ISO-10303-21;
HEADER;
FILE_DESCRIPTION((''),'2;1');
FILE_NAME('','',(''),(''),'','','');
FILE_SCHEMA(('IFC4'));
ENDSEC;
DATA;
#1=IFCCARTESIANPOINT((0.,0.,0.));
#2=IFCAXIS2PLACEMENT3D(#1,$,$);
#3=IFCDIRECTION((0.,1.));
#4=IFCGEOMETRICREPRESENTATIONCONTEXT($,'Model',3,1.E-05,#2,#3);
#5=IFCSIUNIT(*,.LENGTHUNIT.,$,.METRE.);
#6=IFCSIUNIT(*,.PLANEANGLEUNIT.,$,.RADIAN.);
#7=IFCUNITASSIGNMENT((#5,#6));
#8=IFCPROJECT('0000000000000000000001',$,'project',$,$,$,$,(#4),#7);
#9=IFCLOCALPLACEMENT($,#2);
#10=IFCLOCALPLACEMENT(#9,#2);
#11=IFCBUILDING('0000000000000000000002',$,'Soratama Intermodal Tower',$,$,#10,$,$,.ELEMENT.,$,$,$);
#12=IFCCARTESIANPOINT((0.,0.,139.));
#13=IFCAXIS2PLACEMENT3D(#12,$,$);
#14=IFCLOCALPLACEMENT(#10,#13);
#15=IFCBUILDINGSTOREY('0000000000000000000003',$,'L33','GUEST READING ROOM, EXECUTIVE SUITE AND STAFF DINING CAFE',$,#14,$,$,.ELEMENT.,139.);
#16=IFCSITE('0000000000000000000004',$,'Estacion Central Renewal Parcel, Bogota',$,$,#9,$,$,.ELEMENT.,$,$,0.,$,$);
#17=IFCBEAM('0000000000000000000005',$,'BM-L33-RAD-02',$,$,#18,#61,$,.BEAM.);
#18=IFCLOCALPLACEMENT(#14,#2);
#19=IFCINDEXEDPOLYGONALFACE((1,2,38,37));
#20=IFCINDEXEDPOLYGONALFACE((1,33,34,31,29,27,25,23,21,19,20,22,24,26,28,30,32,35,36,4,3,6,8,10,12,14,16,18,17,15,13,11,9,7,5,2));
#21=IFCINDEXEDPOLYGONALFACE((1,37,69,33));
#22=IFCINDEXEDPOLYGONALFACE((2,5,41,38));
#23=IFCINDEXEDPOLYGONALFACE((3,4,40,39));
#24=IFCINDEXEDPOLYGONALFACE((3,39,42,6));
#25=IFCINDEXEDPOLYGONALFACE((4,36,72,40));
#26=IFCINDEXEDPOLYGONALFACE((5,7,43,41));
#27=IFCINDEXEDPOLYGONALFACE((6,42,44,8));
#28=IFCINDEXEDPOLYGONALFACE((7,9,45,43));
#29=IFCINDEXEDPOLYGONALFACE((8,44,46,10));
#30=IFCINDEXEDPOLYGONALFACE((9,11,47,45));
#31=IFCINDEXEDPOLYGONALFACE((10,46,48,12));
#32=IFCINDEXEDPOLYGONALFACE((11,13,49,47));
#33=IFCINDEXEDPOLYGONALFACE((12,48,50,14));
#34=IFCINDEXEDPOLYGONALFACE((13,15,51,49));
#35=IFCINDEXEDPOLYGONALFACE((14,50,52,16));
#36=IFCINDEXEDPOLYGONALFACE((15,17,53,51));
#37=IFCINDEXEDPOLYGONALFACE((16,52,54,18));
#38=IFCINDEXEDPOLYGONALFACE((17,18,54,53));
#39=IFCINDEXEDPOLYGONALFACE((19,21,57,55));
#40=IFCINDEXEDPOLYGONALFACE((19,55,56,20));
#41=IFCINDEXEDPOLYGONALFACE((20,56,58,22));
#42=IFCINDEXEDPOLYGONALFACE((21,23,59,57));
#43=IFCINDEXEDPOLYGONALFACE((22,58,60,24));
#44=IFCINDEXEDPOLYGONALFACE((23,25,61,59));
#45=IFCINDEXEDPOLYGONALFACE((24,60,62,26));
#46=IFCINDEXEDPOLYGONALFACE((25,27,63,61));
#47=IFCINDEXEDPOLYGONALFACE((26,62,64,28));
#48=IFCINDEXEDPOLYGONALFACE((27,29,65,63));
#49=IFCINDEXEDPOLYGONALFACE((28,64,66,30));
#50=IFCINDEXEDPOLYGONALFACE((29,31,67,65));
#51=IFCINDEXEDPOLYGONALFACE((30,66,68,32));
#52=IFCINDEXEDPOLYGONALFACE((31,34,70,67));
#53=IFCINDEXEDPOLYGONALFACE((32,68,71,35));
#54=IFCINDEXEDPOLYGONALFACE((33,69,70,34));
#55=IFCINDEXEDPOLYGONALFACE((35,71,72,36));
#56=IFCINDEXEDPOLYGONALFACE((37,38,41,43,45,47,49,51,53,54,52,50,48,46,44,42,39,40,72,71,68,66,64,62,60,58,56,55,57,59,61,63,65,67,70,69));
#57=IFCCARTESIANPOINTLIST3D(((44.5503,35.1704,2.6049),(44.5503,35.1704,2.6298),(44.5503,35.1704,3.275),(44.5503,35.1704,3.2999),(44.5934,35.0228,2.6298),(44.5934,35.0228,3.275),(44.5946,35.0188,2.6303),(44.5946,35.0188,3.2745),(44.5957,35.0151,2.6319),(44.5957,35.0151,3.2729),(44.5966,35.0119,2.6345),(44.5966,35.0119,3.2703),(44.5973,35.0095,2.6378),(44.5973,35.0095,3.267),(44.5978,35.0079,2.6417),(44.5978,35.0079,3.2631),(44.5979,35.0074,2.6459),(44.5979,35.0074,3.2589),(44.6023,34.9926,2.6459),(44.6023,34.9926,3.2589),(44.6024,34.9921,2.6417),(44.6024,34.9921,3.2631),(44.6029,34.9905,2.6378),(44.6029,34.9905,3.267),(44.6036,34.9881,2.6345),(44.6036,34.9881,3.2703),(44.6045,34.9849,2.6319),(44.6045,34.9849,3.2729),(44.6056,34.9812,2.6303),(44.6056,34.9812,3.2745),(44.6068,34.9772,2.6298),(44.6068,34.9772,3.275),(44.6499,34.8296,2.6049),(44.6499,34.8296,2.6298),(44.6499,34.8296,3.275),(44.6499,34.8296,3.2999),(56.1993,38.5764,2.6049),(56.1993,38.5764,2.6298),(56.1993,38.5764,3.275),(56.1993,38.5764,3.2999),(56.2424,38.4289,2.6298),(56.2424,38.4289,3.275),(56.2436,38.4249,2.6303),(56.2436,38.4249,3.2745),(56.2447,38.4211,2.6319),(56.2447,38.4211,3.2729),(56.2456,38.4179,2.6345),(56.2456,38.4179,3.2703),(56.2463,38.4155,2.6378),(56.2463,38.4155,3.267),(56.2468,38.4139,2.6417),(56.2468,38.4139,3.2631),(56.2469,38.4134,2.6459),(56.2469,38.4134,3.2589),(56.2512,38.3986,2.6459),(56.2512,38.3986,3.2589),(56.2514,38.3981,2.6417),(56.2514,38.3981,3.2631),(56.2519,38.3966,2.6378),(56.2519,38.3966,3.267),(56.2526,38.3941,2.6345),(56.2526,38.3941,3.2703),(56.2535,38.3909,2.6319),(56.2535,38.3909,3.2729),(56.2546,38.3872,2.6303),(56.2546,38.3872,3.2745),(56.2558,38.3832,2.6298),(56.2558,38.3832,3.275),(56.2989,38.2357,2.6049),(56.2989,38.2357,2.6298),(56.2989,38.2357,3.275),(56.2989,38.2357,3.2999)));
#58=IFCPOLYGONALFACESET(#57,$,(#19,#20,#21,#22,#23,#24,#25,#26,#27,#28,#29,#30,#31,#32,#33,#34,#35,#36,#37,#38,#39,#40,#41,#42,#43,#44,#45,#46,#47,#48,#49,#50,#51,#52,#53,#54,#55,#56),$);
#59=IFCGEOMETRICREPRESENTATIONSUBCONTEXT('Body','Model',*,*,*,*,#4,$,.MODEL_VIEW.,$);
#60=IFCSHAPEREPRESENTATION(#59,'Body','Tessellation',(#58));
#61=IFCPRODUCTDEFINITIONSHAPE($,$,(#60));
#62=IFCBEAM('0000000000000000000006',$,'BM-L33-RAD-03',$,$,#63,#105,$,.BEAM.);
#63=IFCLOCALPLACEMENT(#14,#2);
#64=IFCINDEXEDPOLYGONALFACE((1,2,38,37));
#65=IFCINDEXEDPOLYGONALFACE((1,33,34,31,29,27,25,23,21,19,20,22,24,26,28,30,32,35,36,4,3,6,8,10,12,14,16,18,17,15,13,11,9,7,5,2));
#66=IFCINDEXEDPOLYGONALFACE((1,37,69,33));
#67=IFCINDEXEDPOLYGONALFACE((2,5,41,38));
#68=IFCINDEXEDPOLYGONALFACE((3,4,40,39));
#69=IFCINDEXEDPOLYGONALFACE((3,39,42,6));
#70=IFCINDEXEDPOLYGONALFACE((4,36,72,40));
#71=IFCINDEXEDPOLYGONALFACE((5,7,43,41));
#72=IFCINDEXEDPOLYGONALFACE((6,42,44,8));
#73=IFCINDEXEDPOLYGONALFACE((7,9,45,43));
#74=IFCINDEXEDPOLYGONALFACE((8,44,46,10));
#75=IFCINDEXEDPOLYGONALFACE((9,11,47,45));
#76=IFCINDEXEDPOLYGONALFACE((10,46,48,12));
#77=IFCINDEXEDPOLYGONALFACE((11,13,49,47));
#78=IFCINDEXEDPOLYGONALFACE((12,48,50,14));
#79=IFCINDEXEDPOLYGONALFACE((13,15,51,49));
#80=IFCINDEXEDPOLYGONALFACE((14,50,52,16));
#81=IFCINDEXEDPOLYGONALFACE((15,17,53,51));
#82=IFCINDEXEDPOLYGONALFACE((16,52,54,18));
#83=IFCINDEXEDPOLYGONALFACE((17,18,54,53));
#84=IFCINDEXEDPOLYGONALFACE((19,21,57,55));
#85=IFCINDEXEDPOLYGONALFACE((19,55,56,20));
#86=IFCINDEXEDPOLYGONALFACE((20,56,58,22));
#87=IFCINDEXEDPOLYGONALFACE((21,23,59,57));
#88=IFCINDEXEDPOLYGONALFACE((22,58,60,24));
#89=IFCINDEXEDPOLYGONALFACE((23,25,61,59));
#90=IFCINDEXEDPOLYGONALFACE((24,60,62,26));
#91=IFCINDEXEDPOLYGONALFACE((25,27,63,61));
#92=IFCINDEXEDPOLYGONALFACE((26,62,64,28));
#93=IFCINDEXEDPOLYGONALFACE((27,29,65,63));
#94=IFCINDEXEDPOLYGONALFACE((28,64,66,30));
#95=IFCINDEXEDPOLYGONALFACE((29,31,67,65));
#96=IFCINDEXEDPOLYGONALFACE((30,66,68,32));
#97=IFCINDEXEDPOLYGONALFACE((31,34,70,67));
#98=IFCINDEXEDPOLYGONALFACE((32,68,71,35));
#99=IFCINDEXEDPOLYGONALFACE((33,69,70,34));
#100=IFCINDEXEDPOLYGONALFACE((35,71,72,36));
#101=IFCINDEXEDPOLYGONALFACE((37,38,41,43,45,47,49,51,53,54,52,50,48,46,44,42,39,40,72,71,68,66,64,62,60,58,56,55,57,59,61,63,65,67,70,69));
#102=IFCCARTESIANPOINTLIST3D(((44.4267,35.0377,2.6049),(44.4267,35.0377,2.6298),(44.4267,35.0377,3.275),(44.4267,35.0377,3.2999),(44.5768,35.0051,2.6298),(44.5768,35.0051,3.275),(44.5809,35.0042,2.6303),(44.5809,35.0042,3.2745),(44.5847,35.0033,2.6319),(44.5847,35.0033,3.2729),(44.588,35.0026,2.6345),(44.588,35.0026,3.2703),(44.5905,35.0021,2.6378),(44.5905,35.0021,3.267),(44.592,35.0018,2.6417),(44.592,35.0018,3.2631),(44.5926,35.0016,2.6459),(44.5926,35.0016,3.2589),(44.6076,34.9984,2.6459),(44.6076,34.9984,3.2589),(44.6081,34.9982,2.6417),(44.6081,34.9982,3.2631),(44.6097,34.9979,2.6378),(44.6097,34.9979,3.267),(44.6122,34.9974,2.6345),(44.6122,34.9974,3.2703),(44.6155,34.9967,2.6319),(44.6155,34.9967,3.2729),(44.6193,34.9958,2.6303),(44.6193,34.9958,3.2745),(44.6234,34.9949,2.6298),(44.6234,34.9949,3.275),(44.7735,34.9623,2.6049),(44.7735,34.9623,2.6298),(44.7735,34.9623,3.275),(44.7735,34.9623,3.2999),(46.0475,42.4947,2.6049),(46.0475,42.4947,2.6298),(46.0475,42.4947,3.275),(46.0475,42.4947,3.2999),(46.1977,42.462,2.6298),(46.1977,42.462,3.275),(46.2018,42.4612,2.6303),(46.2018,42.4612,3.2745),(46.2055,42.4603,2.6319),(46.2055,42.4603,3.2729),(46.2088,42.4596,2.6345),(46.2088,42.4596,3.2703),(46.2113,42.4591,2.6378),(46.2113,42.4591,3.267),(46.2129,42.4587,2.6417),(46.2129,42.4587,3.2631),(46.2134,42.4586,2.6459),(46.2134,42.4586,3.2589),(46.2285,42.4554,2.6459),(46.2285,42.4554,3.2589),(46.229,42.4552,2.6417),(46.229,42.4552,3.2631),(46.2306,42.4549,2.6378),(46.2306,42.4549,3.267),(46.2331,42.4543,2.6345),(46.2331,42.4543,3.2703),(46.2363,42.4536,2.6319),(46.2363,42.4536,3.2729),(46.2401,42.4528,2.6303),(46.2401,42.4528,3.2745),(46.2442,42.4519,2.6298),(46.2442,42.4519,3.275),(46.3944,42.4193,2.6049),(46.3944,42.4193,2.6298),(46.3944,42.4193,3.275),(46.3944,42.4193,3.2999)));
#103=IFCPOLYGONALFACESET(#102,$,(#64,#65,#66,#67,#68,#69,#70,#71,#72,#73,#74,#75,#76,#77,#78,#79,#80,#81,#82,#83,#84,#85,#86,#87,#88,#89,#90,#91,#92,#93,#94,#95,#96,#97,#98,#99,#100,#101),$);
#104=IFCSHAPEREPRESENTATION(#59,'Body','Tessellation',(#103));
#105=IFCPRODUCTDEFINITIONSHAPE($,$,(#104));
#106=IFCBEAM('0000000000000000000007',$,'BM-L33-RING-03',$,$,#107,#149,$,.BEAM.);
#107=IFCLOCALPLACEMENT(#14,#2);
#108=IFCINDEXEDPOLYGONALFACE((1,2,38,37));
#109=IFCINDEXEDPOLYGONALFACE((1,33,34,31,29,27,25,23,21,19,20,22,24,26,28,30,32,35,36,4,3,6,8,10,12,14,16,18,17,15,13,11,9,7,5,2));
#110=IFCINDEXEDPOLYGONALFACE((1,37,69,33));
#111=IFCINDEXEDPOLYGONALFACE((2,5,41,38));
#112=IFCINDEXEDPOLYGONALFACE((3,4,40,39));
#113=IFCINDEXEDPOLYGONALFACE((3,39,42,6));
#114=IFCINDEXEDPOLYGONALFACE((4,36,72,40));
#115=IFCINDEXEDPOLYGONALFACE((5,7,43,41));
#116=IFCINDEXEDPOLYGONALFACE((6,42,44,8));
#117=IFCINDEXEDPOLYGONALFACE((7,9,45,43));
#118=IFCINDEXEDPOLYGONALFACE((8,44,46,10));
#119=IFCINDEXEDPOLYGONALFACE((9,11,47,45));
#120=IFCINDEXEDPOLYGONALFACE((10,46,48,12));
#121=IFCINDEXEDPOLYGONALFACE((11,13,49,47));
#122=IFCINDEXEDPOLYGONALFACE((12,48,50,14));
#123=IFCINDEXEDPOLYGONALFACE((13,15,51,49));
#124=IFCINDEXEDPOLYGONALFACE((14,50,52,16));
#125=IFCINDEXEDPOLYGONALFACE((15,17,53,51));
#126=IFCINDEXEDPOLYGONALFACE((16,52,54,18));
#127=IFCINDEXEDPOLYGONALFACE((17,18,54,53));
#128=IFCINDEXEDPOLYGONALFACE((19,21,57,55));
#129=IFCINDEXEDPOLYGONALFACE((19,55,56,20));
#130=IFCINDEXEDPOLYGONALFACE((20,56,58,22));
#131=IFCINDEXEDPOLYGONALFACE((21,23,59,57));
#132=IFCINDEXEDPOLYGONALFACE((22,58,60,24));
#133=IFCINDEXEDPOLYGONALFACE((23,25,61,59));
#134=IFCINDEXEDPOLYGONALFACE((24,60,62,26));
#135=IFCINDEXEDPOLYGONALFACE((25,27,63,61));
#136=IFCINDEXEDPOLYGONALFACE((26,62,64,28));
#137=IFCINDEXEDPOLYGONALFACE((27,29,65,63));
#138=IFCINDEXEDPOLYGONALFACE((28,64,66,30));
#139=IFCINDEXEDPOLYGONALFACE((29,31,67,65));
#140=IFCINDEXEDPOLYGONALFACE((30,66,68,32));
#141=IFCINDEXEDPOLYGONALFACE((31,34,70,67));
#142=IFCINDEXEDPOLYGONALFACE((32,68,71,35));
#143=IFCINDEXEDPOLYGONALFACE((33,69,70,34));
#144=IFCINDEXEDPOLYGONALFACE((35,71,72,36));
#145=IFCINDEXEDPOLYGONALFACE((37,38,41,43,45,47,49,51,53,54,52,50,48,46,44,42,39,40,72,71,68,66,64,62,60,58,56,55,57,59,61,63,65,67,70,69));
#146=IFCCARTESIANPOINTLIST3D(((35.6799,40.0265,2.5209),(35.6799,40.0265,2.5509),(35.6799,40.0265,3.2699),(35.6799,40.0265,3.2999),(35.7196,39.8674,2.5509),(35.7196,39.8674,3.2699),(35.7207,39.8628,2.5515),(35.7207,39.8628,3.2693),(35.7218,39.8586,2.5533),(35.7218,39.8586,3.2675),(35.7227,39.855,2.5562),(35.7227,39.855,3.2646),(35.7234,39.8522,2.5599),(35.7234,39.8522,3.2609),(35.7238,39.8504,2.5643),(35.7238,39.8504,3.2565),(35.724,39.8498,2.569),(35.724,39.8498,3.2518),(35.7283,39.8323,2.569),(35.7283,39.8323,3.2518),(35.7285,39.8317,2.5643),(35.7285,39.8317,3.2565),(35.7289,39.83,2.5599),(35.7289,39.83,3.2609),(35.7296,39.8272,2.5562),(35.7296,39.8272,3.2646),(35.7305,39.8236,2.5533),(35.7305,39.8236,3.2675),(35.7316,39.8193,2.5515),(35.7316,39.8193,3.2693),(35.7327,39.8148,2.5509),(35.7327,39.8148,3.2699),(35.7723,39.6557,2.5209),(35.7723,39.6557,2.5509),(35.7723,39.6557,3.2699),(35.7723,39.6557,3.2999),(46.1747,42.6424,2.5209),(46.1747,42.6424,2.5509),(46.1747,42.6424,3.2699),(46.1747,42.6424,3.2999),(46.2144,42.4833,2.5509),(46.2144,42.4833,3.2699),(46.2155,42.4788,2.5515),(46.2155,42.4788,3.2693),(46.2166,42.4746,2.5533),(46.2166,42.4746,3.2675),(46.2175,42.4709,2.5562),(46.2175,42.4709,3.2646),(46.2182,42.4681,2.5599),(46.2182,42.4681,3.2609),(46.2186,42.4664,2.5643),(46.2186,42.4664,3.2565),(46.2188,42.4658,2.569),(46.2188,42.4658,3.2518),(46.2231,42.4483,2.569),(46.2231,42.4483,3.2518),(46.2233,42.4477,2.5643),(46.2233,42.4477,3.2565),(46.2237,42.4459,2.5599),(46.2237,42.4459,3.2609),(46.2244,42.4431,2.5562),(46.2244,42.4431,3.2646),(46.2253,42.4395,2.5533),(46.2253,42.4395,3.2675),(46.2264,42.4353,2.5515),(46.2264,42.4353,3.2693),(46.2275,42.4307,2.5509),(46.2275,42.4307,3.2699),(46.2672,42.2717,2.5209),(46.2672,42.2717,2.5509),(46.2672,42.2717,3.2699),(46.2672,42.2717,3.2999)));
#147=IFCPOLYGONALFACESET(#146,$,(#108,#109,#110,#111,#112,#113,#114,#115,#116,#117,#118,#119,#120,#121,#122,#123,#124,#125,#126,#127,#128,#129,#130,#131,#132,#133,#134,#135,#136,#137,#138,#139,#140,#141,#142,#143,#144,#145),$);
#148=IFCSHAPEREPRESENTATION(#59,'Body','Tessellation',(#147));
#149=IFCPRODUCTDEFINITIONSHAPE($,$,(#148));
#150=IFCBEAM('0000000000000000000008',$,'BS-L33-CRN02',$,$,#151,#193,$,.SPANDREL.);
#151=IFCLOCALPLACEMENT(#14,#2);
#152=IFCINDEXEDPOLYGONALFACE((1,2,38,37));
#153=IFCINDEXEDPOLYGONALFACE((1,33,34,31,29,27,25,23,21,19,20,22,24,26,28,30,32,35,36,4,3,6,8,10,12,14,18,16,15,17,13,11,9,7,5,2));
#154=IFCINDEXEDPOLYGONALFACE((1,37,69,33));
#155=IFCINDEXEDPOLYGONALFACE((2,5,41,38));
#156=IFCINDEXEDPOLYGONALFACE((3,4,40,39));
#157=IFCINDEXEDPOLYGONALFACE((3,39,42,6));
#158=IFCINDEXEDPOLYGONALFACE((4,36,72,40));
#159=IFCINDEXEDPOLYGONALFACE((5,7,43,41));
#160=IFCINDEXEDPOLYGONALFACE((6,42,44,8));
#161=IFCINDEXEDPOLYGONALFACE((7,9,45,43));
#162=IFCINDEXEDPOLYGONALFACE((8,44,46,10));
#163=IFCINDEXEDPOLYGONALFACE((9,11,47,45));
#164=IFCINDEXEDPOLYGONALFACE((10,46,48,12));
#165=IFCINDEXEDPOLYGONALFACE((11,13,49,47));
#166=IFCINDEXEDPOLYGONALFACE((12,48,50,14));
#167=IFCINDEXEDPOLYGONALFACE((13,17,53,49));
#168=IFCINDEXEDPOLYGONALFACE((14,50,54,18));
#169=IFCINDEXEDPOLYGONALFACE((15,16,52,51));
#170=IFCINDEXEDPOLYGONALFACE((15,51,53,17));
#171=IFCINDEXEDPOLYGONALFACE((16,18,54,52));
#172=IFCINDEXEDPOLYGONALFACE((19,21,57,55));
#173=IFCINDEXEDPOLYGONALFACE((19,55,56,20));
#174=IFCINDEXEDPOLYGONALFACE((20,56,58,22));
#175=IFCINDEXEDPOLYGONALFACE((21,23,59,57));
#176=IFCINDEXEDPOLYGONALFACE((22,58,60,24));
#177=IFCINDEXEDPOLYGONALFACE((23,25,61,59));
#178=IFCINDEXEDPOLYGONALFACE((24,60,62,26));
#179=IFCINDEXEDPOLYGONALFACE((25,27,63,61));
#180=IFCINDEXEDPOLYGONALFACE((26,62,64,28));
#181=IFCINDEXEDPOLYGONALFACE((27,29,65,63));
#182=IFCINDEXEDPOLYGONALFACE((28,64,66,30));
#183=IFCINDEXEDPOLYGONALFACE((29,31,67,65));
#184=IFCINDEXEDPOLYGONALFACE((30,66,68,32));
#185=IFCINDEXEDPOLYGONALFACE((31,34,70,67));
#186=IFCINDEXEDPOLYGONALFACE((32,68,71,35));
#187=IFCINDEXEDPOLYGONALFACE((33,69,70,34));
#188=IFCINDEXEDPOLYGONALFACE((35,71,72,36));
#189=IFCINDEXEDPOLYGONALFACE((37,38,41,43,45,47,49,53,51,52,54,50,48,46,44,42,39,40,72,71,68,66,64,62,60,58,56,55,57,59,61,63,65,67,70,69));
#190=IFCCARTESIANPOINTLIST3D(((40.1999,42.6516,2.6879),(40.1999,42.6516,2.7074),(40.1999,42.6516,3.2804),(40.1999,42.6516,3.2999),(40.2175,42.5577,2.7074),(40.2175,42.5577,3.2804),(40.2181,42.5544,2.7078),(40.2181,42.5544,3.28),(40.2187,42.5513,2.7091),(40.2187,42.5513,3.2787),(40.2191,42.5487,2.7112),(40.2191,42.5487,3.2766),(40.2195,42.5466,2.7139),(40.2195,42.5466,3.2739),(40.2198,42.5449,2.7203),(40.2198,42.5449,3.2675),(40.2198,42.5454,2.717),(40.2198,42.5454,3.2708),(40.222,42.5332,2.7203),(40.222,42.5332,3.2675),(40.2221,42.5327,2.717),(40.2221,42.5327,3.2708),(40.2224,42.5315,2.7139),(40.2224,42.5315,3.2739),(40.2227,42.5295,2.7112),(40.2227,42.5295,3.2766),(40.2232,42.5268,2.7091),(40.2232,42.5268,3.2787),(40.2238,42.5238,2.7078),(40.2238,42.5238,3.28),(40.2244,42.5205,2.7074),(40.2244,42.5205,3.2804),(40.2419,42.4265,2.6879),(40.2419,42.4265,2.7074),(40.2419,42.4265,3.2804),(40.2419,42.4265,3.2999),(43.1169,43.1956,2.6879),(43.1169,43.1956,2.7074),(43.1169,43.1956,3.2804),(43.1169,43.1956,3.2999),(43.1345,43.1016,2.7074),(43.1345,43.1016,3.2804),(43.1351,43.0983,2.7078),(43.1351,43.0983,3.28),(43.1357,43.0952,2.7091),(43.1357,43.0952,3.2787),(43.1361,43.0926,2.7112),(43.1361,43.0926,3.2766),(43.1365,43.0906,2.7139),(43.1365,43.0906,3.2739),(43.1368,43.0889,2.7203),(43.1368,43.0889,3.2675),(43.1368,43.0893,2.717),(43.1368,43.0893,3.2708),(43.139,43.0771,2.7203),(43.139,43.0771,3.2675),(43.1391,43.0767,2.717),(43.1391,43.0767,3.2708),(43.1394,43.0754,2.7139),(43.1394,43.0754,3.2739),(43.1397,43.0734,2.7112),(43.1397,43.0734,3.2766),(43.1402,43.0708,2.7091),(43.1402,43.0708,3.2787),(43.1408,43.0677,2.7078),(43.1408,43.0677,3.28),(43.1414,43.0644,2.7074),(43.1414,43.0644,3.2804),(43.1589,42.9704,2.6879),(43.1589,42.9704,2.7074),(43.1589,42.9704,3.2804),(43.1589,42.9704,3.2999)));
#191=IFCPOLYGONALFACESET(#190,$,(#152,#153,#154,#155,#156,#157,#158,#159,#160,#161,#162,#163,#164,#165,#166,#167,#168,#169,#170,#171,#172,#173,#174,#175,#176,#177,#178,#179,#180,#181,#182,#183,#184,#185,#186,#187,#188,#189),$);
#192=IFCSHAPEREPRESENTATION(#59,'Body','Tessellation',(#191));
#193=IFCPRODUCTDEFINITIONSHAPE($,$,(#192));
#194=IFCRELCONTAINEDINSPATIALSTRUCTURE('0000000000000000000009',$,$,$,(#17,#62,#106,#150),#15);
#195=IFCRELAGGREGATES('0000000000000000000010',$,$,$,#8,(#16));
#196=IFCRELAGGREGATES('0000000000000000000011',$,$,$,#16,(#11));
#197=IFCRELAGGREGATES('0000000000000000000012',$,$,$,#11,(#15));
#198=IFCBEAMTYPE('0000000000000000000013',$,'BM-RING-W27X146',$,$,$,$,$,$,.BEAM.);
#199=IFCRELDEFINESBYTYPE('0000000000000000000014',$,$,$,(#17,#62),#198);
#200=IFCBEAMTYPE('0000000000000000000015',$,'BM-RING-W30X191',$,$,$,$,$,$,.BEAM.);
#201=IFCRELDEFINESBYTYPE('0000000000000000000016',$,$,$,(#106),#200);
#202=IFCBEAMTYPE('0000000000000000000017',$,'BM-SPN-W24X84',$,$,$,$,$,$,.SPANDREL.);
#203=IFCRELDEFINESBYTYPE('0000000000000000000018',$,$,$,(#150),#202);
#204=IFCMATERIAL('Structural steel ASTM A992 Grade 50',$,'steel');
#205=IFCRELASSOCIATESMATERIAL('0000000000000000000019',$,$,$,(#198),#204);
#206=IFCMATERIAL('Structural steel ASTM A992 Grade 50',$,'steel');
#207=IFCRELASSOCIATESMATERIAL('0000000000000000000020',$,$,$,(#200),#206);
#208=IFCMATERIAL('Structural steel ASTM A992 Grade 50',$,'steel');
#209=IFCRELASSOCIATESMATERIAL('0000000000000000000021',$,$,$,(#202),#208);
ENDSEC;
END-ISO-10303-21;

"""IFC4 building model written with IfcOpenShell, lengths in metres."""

from ifc_helpers import new_model, si_unit, direction, frame, origin, origin_2d, place, context, subcontext, project, spatial, i_section, extrude, material, material_profile, profile_set, type_object, element, save


model = new_model("IFC4")

# Units and contexts
model_context = context("Model", 3, precision=1e-05, world=origin(), true_north=direction((0.0, 1.0)))
body_context = subcontext(model_context, "Body", "Model", "MODEL_VIEW")
ifc_project = project(units=[si_unit("LENGTHUNIT", "METRE"), si_unit("PLANEANGLEUNIT", "RADIAN")], contexts=[model_context])

# Site, building, storey
site_placement = place(None, origin())
site = spatial("IfcSite", under=ifc_project, at=site_placement, Name="Estacion Central Renewal Parcel, Bogota", CompositionType="ELEMENT", RefElevation=0.0)
building_placement = place(site_placement, origin())
building = spatial("IfcBuilding", under=site, at=building_placement, Name="Soratama Intermodal Tower", CompositionType="ELEMENT")
storey_placement = place(building_placement, frame((0.0, 0.0, 139.0)))
storey = spatial("IfcBuildingStorey", under=building, at=storey_placement, Name="L33", Description="GUEST READING ROOM, EXECUTIVE SUITE AND STAFF DINING CAFE", CompositionType="ELEMENT", Elevation=139.0)

# Beams
ifc_material_1 = material(Name="Structural steel ASTM A992 Grade 50", Category="steel")
ifc_material_profile_1 = material_profile(ifc_material_1, i_section(OverallWidth=0.355, OverallDepth=0.6951, WebThickness=0.0154, FlangeThickness=0.0249, FilletRadius=0.0161, at=origin_2d()), Name="W27X146")
ifc_profile_set_1 = profile_set([ifc_material_profile_1], Name="Structural steel ASTM A992 Grade 50")
beam_type_1 = type_object("IfcBeamType", Name="BM-RING-W27X146", PredefinedType="BEAM", material=ifc_profile_set_1)
beam_1_placement = place(storey_placement, frame((44.6001, 35.0, 2.9524), z_axis=(0.959814, 0.280638, 0.0), x_axis=(-0.280638, 0.959814, 0.0)))
element("IfcBeam", 1, at=beam_1_placement, inside=storey, type_object=beam_type_1, Name="BM-L33-RAD-02", PredefinedType="BEAM", context=body_context, shape_type="SweptSolid", body=[
    extrude(i_section(OverallWidth=0.355, OverallDepth=0.6951, WebThickness=0.0154, FlangeThickness=0.0249, FilletRadius=0.0161, at=origin_2d()), origin(), (0.0, 0.0, 1.0), 12.1367),
])
beam_2_placement = place(storey_placement, frame((44.6001, 35.0, 2.9524), z_axis=(0.212399, 0.977183, 0.0), x_axis=(-0.977183, 0.212399, 0.0)))
element("IfcBeam", 2, at=beam_2_placement, inside=storey, type_object=beam_type_1, Name="BM-L33-RAD-03", PredefinedType="BEAM", context=body_context, shape_type="SweptSolid", body=[
    extrude(i_section(OverallWidth=0.355, OverallDepth=0.6951, WebThickness=0.0154, FlangeThickness=0.0249, FilletRadius=0.0161, at=origin_2d()), origin(), (0.0, 0.0, 1.0), 7.6311),
])
ifc_material_2 = material(Name="Structural steel ASTM A992 Grade 50", Category="steel")
ifc_material_profile_2 = material_profile(ifc_material_2, i_section(OverallWidth=0.3821, OverallDepth=0.7791, WebThickness=0.0181, FlangeThickness=0.03, FilletRadius=0.0181, at=origin_2d()), Name="W30X191")
ifc_profile_set_2 = profile_set([ifc_material_profile_2], Name="Structural steel ASTM A992 Grade 50")
beam_type_2 = type_object("IfcBeamType", Name="BM-RING-W30X191", PredefinedType="BEAM", material=ifc_profile_set_2)
beam_3_placement = place(storey_placement, frame((46.2209, 42.457, 2.9104), z_axis=(-0.970311, -0.241861, 0.0), x_axis=(0.241861, -0.970311, 0.0)))
element("IfcBeam", 3, at=beam_3_placement, inside=storey, type_object=beam_type_2, Name="BM-L33-RING-03", PredefinedType="BEAM", context=body_context, shape_type="SweptSolid", body=[
    extrude(i_section(OverallWidth=0.3821, OverallDepth=0.7791, WebThickness=0.0181, FlangeThickness=0.03, FilletRadius=0.0181, at=origin_2d()), origin(), (0.0, 0.0, 1.0), 10.8159),
])
ifc_material_3 = material(Name="Structural steel ASTM A992 Grade 50", Category="steel")
ifc_material_profile_3 = material_profile(ifc_material_3, i_section(OverallWidth=0.229, OverallDepth=0.6121, WebThickness=0.012, FlangeThickness=0.0195, FilletRadius=0.0129, at=origin_2d()), Name="W24X84")
ifc_profile_set_3 = profile_set([ifc_material_profile_3], Name="Structural steel ASTM A992 Grade 50")
beam_type_3 = type_object("IfcBeamType", Name="BM-SPN-W24X84", PredefinedType="SPANDREL", material=ifc_profile_set_3)
beam_4_placement = place(storey_placement, frame((43.1379, 43.083, 2.9939), z_axis=(-0.983054, -0.183315, 0.0), x_axis=(0.183315, -0.983054, 0.0)))
element("IfcBeam", 4, at=beam_4_placement, inside=storey, type_object=beam_type_3, Name="BS-L33-CRN02", PredefinedType="SPANDREL", context=body_context, shape_type="SweptSolid", body=[
    extrude(i_section(OverallWidth=0.229, OverallDepth=0.6121, WebThickness=0.012, FlangeThickness=0.0195, FilletRadius=0.0129, at=origin_2d()), origin(), (0.0, 0.0, 1.0), 2.9673),
])

save(model, "model.ifc")
